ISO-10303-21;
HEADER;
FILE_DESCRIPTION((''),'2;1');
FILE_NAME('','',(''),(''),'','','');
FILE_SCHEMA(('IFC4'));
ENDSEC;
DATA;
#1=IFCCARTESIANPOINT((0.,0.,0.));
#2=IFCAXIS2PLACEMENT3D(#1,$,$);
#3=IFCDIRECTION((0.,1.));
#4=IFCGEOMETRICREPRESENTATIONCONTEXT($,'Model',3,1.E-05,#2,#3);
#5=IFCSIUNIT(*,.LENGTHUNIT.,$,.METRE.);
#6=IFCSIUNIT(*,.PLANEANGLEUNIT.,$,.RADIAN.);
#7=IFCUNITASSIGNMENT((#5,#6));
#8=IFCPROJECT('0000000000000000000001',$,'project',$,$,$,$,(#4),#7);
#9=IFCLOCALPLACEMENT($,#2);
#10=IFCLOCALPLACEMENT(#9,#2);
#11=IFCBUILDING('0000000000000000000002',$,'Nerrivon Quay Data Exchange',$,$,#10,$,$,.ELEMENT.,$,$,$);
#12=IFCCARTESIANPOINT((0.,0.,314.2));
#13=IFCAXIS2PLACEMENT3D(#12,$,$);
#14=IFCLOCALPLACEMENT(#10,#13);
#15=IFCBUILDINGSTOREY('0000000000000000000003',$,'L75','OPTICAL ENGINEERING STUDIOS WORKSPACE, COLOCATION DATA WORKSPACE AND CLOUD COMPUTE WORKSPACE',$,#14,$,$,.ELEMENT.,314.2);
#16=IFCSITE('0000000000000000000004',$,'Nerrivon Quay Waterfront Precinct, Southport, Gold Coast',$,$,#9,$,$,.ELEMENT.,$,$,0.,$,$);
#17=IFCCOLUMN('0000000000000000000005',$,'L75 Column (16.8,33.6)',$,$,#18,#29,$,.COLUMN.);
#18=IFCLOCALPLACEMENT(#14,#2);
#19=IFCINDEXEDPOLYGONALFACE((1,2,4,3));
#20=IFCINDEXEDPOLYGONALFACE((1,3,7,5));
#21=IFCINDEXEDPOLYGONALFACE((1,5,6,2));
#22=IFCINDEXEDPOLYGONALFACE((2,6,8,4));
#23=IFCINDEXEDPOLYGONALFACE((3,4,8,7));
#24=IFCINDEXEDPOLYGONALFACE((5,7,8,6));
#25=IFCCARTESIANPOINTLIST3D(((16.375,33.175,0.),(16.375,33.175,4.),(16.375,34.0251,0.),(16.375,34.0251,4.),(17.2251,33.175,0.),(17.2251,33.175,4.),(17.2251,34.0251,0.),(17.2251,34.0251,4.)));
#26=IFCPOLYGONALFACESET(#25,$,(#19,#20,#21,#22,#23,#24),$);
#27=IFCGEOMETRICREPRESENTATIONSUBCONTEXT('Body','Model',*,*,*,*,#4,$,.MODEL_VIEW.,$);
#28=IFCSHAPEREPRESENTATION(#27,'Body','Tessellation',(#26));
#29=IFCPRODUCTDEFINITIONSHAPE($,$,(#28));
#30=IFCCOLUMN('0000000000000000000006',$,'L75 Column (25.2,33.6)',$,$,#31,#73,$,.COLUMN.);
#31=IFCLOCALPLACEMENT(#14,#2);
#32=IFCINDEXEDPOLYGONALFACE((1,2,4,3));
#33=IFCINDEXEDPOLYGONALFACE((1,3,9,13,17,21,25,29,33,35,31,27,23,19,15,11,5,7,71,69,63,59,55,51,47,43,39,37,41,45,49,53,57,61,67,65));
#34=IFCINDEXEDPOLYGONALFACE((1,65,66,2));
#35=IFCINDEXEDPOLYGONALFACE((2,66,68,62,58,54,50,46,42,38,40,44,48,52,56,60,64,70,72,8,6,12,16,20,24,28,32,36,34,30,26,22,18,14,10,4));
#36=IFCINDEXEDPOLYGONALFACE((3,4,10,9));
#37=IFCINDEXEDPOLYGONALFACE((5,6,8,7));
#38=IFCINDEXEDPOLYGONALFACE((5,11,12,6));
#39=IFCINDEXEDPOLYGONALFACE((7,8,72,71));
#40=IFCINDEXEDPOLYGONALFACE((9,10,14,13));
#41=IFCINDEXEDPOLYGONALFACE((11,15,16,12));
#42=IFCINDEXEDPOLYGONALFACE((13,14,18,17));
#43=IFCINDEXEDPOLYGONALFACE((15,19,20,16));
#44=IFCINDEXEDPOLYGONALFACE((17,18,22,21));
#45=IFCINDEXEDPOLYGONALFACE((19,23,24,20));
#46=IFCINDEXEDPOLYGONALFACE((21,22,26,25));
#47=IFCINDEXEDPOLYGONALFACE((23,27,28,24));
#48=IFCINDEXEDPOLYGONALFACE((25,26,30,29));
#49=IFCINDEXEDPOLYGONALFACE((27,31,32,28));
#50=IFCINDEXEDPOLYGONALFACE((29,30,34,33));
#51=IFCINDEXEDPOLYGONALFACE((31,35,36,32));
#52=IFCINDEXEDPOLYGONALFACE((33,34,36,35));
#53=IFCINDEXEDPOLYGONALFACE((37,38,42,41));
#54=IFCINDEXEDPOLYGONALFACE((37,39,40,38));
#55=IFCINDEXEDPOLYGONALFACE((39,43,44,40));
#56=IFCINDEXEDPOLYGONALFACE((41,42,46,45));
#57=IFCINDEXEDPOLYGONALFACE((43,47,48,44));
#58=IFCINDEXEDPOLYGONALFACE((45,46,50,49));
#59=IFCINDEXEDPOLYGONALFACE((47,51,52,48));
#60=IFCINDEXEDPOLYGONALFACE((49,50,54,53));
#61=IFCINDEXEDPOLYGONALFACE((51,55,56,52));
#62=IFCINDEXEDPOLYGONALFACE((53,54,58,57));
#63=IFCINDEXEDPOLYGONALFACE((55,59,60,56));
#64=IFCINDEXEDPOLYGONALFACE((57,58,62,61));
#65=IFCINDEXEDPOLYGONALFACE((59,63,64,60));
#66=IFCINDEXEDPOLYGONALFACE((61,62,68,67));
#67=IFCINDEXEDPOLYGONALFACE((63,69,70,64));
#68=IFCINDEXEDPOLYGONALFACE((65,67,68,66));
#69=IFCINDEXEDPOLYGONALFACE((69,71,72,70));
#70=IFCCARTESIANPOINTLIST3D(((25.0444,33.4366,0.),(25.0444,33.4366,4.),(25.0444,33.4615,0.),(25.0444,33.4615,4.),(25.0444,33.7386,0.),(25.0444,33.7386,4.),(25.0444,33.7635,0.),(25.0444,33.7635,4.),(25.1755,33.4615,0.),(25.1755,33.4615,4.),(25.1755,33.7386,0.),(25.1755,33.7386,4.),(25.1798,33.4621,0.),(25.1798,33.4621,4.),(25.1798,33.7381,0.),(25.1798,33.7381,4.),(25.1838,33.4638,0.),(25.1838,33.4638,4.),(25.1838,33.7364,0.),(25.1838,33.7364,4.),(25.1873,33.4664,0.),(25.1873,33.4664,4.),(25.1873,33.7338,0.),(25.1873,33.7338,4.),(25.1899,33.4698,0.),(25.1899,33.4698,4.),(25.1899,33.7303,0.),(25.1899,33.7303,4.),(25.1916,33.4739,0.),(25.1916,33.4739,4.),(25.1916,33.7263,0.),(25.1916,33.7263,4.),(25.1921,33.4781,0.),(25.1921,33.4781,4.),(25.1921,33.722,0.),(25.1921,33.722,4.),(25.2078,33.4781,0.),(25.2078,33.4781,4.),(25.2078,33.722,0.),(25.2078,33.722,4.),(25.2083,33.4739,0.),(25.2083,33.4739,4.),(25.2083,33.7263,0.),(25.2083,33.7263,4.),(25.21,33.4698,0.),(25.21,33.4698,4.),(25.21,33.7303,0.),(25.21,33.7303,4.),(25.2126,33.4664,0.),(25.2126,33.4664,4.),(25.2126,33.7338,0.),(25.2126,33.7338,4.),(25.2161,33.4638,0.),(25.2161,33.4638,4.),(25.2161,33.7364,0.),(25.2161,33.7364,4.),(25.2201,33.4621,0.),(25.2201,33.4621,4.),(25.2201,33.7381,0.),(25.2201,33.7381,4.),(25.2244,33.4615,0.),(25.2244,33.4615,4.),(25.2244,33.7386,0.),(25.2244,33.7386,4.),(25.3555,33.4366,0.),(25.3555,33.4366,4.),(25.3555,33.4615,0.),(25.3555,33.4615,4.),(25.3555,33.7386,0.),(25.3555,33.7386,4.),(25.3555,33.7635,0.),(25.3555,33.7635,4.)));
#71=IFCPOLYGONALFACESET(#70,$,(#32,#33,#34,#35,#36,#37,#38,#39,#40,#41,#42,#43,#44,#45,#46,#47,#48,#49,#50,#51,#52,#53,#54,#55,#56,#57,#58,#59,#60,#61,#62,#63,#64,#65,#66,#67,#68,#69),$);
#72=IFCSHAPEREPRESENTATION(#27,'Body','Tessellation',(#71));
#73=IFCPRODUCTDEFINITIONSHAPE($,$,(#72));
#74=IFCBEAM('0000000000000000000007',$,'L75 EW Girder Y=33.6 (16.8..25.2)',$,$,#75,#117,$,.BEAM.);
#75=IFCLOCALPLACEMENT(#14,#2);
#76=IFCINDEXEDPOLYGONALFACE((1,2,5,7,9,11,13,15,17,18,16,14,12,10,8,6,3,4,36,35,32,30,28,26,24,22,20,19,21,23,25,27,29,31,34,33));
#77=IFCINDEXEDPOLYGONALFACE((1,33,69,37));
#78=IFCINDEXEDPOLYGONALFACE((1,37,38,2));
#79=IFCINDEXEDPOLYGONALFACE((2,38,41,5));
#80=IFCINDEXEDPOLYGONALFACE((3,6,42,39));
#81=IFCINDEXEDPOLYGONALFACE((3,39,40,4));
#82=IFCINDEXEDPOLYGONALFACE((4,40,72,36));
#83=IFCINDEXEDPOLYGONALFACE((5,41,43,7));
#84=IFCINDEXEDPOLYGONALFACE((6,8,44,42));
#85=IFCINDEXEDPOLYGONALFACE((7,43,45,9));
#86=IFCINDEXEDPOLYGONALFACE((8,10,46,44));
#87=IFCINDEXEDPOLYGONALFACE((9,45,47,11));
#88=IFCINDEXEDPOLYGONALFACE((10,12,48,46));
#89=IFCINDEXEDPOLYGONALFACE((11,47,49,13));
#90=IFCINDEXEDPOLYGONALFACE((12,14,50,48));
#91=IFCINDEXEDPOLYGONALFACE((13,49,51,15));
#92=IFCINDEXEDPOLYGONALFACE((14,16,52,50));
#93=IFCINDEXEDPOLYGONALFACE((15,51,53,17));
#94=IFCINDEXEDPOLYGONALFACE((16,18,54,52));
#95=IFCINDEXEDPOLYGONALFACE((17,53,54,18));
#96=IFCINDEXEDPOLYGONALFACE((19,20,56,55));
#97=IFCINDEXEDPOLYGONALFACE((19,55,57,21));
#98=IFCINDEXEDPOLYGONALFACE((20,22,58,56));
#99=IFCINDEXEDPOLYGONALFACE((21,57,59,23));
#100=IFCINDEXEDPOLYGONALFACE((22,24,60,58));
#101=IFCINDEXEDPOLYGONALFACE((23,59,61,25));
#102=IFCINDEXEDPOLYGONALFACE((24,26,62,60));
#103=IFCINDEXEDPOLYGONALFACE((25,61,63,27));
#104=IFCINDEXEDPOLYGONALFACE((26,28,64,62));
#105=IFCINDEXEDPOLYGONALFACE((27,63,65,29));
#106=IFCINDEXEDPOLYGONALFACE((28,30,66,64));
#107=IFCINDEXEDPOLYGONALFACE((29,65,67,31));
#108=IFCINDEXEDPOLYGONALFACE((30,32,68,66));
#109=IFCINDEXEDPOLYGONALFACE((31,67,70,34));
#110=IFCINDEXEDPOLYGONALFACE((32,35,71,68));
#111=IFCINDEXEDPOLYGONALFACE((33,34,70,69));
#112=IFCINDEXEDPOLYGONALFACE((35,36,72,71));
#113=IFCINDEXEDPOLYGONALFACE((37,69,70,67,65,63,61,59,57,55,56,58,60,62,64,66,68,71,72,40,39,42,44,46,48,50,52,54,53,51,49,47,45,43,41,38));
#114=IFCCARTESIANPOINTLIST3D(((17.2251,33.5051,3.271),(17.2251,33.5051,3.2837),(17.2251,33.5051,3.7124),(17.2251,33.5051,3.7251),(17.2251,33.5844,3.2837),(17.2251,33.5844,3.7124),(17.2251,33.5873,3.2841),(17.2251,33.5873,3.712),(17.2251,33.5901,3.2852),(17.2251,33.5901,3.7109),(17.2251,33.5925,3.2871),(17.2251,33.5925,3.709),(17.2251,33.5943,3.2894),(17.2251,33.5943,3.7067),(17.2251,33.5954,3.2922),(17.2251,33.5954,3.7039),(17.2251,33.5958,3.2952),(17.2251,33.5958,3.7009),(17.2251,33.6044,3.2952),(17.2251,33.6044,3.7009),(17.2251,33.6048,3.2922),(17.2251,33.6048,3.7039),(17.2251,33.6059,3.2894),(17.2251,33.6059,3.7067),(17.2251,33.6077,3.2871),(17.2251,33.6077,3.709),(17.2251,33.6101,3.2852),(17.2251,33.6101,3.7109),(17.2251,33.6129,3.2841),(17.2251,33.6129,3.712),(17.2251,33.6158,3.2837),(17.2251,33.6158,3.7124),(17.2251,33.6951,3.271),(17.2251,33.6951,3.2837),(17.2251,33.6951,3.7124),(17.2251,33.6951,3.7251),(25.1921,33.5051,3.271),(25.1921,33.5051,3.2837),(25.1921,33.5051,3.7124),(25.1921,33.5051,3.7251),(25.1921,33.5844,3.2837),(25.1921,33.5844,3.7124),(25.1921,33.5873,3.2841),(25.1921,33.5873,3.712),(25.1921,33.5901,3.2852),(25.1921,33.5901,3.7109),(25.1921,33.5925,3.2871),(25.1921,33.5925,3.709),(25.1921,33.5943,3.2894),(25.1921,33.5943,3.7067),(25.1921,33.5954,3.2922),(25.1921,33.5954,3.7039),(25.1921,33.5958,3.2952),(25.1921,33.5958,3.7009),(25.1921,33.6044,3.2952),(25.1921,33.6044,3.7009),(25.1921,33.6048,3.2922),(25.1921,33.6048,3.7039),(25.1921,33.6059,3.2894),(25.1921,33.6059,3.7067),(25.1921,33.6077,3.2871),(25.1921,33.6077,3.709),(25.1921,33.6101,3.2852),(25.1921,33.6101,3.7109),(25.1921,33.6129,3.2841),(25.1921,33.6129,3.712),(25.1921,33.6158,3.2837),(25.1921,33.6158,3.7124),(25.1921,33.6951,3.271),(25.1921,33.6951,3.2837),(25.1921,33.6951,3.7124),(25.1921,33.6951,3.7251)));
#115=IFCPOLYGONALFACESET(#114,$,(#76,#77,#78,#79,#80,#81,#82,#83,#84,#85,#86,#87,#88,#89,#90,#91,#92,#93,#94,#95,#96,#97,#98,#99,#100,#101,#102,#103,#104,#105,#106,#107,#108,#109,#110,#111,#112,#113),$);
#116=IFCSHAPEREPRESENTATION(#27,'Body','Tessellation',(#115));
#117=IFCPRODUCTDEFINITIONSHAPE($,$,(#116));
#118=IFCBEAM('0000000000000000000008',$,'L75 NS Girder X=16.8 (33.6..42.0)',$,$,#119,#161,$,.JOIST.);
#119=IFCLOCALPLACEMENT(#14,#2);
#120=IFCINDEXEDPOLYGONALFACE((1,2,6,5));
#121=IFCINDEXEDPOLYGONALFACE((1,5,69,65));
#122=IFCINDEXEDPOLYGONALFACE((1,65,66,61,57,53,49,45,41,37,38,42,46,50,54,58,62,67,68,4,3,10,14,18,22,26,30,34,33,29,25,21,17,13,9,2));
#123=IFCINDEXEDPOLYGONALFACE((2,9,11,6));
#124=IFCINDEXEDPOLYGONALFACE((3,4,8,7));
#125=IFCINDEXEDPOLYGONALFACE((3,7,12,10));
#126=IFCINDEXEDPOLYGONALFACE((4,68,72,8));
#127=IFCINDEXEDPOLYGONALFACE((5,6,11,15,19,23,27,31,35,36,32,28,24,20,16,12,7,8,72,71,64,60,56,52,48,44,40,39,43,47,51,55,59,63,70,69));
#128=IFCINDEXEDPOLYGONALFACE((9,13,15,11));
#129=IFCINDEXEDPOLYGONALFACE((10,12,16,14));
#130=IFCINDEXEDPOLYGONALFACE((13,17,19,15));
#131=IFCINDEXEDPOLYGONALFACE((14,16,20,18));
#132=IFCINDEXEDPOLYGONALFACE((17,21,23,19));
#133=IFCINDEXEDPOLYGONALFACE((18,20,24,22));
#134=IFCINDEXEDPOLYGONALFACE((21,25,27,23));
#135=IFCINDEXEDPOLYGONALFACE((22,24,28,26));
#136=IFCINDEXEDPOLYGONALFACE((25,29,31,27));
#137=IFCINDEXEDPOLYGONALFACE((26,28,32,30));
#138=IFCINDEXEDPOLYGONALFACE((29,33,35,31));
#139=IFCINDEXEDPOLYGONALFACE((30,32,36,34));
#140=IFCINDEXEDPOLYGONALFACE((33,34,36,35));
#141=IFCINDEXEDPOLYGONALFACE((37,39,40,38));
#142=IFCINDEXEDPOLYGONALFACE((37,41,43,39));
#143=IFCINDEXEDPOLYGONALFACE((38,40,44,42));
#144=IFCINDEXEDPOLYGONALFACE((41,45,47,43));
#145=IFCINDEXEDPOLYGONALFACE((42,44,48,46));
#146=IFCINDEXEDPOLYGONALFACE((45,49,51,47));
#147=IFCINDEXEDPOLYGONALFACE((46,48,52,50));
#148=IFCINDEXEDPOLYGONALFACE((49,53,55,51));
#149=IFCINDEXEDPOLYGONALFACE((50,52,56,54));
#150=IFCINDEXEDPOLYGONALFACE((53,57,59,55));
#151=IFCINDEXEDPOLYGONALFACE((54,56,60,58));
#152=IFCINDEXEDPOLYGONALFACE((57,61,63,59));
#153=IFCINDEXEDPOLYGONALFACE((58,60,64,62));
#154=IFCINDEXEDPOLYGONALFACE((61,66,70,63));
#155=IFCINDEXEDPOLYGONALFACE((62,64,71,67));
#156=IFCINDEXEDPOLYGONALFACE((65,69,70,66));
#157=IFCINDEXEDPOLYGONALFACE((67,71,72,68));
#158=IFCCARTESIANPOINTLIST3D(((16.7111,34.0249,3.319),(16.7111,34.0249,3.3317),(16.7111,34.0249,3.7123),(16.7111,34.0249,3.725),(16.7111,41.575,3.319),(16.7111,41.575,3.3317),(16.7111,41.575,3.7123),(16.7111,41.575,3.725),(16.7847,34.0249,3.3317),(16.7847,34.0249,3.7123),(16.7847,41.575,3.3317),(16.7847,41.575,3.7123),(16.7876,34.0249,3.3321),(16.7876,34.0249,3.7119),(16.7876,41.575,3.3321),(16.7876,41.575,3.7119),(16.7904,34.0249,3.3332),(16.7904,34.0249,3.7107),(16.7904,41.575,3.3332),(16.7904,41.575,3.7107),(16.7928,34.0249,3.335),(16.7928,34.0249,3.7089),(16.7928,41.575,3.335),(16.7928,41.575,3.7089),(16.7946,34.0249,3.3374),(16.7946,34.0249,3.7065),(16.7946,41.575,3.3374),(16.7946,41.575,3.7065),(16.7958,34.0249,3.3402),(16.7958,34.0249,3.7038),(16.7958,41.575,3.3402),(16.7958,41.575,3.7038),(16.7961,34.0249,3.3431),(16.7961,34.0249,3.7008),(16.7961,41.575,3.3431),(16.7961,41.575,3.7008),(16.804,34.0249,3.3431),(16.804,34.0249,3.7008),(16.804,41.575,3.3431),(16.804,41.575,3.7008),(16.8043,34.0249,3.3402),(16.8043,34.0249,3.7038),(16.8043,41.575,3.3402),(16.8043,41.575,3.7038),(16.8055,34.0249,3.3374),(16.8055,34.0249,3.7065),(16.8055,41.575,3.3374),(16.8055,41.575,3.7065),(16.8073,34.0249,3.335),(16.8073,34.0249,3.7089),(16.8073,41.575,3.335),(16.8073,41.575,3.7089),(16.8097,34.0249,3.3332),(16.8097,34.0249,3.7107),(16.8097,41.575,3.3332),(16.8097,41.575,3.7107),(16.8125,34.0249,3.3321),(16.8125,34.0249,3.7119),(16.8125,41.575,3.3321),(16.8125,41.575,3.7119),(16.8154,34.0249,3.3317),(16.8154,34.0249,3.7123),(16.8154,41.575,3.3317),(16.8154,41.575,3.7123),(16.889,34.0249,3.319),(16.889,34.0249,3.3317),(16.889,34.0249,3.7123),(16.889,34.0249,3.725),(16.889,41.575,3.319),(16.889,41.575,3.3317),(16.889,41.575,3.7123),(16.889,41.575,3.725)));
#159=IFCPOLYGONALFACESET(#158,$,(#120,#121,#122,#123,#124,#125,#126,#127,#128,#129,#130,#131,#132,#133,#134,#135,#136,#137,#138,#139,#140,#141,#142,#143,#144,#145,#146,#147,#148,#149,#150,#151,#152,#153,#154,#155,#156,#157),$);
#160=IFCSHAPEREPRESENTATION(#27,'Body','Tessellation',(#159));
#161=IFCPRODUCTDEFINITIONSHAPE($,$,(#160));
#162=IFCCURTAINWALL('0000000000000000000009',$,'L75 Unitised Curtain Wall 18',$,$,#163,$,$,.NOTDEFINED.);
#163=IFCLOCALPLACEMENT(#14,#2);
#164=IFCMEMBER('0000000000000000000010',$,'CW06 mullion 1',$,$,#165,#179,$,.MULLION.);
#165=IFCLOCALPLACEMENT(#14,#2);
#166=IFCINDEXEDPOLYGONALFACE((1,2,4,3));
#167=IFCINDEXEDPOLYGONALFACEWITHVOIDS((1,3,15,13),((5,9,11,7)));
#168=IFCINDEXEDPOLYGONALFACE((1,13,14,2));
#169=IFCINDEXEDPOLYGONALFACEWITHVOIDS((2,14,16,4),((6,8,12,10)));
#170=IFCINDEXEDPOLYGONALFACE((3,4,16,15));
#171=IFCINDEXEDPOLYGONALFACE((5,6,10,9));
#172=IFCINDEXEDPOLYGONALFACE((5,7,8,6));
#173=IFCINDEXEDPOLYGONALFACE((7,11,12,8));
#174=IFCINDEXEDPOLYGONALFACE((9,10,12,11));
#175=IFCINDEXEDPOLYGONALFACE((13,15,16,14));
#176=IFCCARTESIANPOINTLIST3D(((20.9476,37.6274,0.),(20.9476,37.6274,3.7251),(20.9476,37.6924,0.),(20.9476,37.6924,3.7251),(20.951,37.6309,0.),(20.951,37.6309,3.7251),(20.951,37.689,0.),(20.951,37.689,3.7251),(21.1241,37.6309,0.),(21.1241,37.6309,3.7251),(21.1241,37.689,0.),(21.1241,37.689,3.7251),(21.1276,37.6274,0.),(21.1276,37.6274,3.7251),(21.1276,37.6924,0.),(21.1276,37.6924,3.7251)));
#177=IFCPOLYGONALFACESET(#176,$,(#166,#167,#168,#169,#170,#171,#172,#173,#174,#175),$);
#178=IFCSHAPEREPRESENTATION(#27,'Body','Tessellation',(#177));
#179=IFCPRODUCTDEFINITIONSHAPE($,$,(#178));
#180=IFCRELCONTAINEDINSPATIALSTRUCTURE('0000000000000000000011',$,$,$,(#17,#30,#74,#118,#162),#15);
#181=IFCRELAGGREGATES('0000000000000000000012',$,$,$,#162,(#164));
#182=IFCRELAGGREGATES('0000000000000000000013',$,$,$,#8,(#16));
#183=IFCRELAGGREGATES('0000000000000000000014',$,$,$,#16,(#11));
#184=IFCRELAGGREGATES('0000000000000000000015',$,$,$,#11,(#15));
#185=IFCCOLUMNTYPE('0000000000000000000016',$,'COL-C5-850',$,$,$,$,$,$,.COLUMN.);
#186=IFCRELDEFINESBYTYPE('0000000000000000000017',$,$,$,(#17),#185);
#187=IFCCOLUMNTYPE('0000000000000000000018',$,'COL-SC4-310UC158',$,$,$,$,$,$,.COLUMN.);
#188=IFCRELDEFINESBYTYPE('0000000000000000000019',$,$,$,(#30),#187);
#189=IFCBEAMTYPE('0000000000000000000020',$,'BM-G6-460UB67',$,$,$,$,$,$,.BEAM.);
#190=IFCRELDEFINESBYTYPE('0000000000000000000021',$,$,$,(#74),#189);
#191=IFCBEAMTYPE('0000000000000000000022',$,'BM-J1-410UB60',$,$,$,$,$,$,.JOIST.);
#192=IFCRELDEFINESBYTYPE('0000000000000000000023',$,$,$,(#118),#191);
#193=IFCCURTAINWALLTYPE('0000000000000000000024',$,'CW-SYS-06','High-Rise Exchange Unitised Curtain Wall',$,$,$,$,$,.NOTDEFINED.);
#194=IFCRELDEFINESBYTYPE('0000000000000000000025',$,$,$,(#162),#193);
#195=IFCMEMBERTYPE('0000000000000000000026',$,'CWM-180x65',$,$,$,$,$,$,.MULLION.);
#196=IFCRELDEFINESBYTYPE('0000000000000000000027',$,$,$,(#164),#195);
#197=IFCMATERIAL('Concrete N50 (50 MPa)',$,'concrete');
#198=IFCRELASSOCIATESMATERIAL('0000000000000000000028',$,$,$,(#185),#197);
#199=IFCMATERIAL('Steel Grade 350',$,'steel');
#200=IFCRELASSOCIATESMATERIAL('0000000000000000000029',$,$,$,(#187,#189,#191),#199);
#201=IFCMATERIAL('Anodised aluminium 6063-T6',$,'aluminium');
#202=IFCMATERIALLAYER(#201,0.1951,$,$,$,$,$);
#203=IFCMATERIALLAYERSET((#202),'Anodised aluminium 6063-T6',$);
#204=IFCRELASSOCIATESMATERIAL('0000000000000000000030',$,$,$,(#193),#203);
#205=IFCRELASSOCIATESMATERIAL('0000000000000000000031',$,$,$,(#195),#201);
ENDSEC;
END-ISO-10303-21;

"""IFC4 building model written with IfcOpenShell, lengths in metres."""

from ifc_helpers import new_model, si_unit, direction, frame, origin, origin_2d, place, context, subcontext, project, spatial, rectangle, hollow_rectangle, i_section, extrude, material, layer, layer_set, material_profile, profile_set, type_object, element, aggregate, save


model = new_model("IFC4")

# Units and contexts
model_context = context("Model", 3, precision=1e-05, world=origin(), true_north=direction((0.0, 1.0)))
body_context = subcontext(model_context, "Body", "Model", "MODEL_VIEW")
ifc_project = project(units=[si_unit("LENGTHUNIT", "METRE"), si_unit("PLANEANGLEUNIT", "RADIAN")], contexts=[model_context])

# Site, building, storey
site_placement = place(None, origin())
site = spatial("IfcSite", under=ifc_project, at=site_placement, Name="Nerrivon Quay Waterfront Precinct, Southport, Gold Coast", CompositionType="ELEMENT", RefElevation=0.0)
building_placement = place(site_placement, origin())
building = spatial("IfcBuilding", under=site, at=building_placement, Name="Nerrivon Quay Data Exchange", CompositionType="ELEMENT")
storey_placement = place(building_placement, frame((0.0, 0.0, 314.2)))
storey = spatial("IfcBuildingStorey", under=building, at=storey_placement, Name="L75", Description="OPTICAL ENGINEERING STUDIOS WORKSPACE, COLOCATION DATA WORKSPACE AND CLOUD COMPUTE WORKSPACE", CompositionType="ELEMENT", Elevation=314.2)

# Columns
ifc_material_1 = material(Name="Concrete N50 (50 MPa)", Category="concrete")
ifc_material_profile_1 = material_profile(ifc_material_1, rectangle(XDim=0.8501, YDim=0.8501, at=origin_2d()), Name="RC-COL-850x850")
ifc_profile_set_1 = profile_set([ifc_material_profile_1], Name="Concrete N50 (50 MPa)")
column_type_1 = type_object("IfcColumnType", Name="COL-C5-850", PredefinedType="COLUMN", material=ifc_profile_set_1)
column_1_placement = place(storey_placement, frame((16.8, 33.6001, 0.0), z_axis=(0.0, 0.0, 1.0), x_axis=(1.0, 0.0, 0.0)))
element("IfcColumn", 1, at=column_1_placement, inside=storey, type_object=column_type_1, Name="L75 Column (16.8,33.6)", PredefinedType="COLUMN", context=body_context, shape_type="SweptSolid", body=[
    extrude(rectangle(XDim=0.8501, YDim=0.8501, at=origin_2d()), origin(), (0.0, 0.0, 1.0), 4.0),
])
ifc_material_2 = material(Name="Steel Grade 350", Category="steel")
ifc_material_profile_2 = material_profile(ifc_material_2, i_section(OverallWidth=0.311, OverallDepth=0.3269, WebThickness=0.0156, FlangeThickness=0.0249, FilletRadius=0.0166, at=origin_2d()), Name="310UC158")
ifc_profile_set_2 = profile_set([ifc_material_profile_2], Name="Steel Grade 350")
column_type_2 = type_object("IfcColumnType", Name="COL-SC4-310UC158", PredefinedType="COLUMN", material=ifc_profile_set_2)
column_2_placement = place(storey_placement, frame((25.2, 33.6001, 0.0), z_axis=(0.0, 0.0, 1.0), x_axis=(1.0, 0.0, 0.0)))
element("IfcColumn", 2, at=column_2_placement, inside=storey, type_object=column_type_2, Name="L75 Column (25.2,33.6)", PredefinedType="COLUMN", context=body_context, shape_type="SweptSolid", body=[
    extrude(i_section(OverallWidth=0.311, OverallDepth=0.3269, WebThickness=0.0156, FlangeThickness=0.0249, FilletRadius=0.0166, at=origin_2d()), origin(), (0.0, 0.0, 1.0), 4.0),
])

# Beams
ifc_material_profile_3 = material_profile(ifc_material_2, i_section(OverallWidth=0.1899, OverallDepth=0.4541, WebThickness=0.0085, FlangeThickness=0.0127, FilletRadius=0.0115, at=origin_2d()), Name="460UB67.1")
ifc_profile_set_3 = profile_set([ifc_material_profile_3], Name="Steel Grade 350")
beam_type_1 = type_object("IfcBeamType", Name="BM-G6-460UB67", PredefinedType="BEAM", material=ifc_profile_set_3)
beam_1_placement = place(storey_placement, frame((17.2251, 33.6001, 3.498), z_axis=(1.0, 0.0, 0.0), x_axis=(0.0, 1.0, 0.0)))
element("IfcBeam", 3, at=beam_1_placement, inside=storey, type_object=beam_type_1, Name="L75 EW Girder Y=33.6 (16.8..25.2)", PredefinedType="BEAM", context=body_context, shape_type="SweptSolid", body=[
    extrude(i_section(OverallWidth=0.1899, OverallDepth=0.4541, WebThickness=0.0085, FlangeThickness=0.0127, FilletRadius=0.0115, at=origin_2d()), origin(), (0.0, 0.0, 1.0), 7.967),
])
ifc_material_profile_4 = material_profile(ifc_material_2, i_section(OverallWidth=0.178, OverallDepth=0.406, WebThickness=0.0078, FlangeThickness=0.0127, FilletRadius=0.0115, at=origin_2d()), Name="410UB59.7")
ifc_profile_set_4 = profile_set([ifc_material_profile_4], Name="Steel Grade 350")
beam_type_2 = type_object("IfcBeamType", Name="BM-J1-410UB60", PredefinedType="JOIST", material=ifc_profile_set_4)
beam_2_placement = place(storey_placement, frame((16.8, 34.0249, 3.522), z_axis=(0.0, 1.0, 0.0), x_axis=(-1.0, 0.0, 0.0)))
element("IfcBeam", 4, at=beam_2_placement, inside=storey, type_object=beam_type_2, Name="L75 NS Girder X=16.8 (33.6..42.0)", PredefinedType="JOIST", context=body_context, shape_type="SweptSolid", body=[
    extrude(i_section(OverallWidth=0.178, OverallDepth=0.406, WebThickness=0.0078, FlangeThickness=0.0127, FilletRadius=0.0115, at=origin_2d()), origin(), (0.0, 0.0, 1.0), 7.55),
])

# Curtain wall, member
ifc_material_3 = material(Name="Anodised aluminium 6063-T6", Category="aluminium")
ifc_layer_1 = layer(ifc_material_3, 0.1951)
ifc_layer_set_1 = layer_set([ifc_layer_1], Name="Anodised aluminium 6063-T6")
curtain_wall_type = type_object("IfcCurtainWallType", Name="CW-SYS-06", Description="High-Rise Exchange Unitised Curtain Wall", PredefinedType="NOTDEFINED", material=ifc_layer_set_1)
curtain_wall_placement = place(storey_placement, origin())
curtain_wall = element("IfcCurtainWall", 5, at=curtain_wall_placement, inside=storey, type_object=curtain_wall_type, Name="L75 Unitised Curtain Wall 18", PredefinedType="NOTDEFINED")
ifc_material_profile_5 = material_profile(ifc_material_3, hollow_rectangle(XDim=0.0649, YDim=0.1799, WallThickness=0.0034, at=origin_2d()), Name="ALU-MULL-180x65")
ifc_profile_set_5 = profile_set([ifc_material_profile_5], Name="Anodised aluminium 6063-T6")
member_type_1 = type_object("IfcMemberType", Name="CWM-180x65", PredefinedType="MULLION", material=ifc_profile_set_5)
member_1_placement = place(storey_placement, frame((21.0376, 37.6599, 0.0), z_axis=(0.0, 0.0, 1.0), x_axis=(0.0, 1.0, 0.0)))
member_1 = element("IfcMember", 6, at=member_1_placement, type_object=member_type_1, Name="CW06 mullion 1", PredefinedType="MULLION", context=body_context, shape_type="SweptSolid", body=[
    extrude(hollow_rectangle(XDim=0.0649, YDim=0.1799, WallThickness=0.0034, at=origin_2d()), origin(), (0.0, 0.0, 1.0), 3.7251),
])
aggregate(curtain_wall, [member_1])

save(model, "model.ifc")
